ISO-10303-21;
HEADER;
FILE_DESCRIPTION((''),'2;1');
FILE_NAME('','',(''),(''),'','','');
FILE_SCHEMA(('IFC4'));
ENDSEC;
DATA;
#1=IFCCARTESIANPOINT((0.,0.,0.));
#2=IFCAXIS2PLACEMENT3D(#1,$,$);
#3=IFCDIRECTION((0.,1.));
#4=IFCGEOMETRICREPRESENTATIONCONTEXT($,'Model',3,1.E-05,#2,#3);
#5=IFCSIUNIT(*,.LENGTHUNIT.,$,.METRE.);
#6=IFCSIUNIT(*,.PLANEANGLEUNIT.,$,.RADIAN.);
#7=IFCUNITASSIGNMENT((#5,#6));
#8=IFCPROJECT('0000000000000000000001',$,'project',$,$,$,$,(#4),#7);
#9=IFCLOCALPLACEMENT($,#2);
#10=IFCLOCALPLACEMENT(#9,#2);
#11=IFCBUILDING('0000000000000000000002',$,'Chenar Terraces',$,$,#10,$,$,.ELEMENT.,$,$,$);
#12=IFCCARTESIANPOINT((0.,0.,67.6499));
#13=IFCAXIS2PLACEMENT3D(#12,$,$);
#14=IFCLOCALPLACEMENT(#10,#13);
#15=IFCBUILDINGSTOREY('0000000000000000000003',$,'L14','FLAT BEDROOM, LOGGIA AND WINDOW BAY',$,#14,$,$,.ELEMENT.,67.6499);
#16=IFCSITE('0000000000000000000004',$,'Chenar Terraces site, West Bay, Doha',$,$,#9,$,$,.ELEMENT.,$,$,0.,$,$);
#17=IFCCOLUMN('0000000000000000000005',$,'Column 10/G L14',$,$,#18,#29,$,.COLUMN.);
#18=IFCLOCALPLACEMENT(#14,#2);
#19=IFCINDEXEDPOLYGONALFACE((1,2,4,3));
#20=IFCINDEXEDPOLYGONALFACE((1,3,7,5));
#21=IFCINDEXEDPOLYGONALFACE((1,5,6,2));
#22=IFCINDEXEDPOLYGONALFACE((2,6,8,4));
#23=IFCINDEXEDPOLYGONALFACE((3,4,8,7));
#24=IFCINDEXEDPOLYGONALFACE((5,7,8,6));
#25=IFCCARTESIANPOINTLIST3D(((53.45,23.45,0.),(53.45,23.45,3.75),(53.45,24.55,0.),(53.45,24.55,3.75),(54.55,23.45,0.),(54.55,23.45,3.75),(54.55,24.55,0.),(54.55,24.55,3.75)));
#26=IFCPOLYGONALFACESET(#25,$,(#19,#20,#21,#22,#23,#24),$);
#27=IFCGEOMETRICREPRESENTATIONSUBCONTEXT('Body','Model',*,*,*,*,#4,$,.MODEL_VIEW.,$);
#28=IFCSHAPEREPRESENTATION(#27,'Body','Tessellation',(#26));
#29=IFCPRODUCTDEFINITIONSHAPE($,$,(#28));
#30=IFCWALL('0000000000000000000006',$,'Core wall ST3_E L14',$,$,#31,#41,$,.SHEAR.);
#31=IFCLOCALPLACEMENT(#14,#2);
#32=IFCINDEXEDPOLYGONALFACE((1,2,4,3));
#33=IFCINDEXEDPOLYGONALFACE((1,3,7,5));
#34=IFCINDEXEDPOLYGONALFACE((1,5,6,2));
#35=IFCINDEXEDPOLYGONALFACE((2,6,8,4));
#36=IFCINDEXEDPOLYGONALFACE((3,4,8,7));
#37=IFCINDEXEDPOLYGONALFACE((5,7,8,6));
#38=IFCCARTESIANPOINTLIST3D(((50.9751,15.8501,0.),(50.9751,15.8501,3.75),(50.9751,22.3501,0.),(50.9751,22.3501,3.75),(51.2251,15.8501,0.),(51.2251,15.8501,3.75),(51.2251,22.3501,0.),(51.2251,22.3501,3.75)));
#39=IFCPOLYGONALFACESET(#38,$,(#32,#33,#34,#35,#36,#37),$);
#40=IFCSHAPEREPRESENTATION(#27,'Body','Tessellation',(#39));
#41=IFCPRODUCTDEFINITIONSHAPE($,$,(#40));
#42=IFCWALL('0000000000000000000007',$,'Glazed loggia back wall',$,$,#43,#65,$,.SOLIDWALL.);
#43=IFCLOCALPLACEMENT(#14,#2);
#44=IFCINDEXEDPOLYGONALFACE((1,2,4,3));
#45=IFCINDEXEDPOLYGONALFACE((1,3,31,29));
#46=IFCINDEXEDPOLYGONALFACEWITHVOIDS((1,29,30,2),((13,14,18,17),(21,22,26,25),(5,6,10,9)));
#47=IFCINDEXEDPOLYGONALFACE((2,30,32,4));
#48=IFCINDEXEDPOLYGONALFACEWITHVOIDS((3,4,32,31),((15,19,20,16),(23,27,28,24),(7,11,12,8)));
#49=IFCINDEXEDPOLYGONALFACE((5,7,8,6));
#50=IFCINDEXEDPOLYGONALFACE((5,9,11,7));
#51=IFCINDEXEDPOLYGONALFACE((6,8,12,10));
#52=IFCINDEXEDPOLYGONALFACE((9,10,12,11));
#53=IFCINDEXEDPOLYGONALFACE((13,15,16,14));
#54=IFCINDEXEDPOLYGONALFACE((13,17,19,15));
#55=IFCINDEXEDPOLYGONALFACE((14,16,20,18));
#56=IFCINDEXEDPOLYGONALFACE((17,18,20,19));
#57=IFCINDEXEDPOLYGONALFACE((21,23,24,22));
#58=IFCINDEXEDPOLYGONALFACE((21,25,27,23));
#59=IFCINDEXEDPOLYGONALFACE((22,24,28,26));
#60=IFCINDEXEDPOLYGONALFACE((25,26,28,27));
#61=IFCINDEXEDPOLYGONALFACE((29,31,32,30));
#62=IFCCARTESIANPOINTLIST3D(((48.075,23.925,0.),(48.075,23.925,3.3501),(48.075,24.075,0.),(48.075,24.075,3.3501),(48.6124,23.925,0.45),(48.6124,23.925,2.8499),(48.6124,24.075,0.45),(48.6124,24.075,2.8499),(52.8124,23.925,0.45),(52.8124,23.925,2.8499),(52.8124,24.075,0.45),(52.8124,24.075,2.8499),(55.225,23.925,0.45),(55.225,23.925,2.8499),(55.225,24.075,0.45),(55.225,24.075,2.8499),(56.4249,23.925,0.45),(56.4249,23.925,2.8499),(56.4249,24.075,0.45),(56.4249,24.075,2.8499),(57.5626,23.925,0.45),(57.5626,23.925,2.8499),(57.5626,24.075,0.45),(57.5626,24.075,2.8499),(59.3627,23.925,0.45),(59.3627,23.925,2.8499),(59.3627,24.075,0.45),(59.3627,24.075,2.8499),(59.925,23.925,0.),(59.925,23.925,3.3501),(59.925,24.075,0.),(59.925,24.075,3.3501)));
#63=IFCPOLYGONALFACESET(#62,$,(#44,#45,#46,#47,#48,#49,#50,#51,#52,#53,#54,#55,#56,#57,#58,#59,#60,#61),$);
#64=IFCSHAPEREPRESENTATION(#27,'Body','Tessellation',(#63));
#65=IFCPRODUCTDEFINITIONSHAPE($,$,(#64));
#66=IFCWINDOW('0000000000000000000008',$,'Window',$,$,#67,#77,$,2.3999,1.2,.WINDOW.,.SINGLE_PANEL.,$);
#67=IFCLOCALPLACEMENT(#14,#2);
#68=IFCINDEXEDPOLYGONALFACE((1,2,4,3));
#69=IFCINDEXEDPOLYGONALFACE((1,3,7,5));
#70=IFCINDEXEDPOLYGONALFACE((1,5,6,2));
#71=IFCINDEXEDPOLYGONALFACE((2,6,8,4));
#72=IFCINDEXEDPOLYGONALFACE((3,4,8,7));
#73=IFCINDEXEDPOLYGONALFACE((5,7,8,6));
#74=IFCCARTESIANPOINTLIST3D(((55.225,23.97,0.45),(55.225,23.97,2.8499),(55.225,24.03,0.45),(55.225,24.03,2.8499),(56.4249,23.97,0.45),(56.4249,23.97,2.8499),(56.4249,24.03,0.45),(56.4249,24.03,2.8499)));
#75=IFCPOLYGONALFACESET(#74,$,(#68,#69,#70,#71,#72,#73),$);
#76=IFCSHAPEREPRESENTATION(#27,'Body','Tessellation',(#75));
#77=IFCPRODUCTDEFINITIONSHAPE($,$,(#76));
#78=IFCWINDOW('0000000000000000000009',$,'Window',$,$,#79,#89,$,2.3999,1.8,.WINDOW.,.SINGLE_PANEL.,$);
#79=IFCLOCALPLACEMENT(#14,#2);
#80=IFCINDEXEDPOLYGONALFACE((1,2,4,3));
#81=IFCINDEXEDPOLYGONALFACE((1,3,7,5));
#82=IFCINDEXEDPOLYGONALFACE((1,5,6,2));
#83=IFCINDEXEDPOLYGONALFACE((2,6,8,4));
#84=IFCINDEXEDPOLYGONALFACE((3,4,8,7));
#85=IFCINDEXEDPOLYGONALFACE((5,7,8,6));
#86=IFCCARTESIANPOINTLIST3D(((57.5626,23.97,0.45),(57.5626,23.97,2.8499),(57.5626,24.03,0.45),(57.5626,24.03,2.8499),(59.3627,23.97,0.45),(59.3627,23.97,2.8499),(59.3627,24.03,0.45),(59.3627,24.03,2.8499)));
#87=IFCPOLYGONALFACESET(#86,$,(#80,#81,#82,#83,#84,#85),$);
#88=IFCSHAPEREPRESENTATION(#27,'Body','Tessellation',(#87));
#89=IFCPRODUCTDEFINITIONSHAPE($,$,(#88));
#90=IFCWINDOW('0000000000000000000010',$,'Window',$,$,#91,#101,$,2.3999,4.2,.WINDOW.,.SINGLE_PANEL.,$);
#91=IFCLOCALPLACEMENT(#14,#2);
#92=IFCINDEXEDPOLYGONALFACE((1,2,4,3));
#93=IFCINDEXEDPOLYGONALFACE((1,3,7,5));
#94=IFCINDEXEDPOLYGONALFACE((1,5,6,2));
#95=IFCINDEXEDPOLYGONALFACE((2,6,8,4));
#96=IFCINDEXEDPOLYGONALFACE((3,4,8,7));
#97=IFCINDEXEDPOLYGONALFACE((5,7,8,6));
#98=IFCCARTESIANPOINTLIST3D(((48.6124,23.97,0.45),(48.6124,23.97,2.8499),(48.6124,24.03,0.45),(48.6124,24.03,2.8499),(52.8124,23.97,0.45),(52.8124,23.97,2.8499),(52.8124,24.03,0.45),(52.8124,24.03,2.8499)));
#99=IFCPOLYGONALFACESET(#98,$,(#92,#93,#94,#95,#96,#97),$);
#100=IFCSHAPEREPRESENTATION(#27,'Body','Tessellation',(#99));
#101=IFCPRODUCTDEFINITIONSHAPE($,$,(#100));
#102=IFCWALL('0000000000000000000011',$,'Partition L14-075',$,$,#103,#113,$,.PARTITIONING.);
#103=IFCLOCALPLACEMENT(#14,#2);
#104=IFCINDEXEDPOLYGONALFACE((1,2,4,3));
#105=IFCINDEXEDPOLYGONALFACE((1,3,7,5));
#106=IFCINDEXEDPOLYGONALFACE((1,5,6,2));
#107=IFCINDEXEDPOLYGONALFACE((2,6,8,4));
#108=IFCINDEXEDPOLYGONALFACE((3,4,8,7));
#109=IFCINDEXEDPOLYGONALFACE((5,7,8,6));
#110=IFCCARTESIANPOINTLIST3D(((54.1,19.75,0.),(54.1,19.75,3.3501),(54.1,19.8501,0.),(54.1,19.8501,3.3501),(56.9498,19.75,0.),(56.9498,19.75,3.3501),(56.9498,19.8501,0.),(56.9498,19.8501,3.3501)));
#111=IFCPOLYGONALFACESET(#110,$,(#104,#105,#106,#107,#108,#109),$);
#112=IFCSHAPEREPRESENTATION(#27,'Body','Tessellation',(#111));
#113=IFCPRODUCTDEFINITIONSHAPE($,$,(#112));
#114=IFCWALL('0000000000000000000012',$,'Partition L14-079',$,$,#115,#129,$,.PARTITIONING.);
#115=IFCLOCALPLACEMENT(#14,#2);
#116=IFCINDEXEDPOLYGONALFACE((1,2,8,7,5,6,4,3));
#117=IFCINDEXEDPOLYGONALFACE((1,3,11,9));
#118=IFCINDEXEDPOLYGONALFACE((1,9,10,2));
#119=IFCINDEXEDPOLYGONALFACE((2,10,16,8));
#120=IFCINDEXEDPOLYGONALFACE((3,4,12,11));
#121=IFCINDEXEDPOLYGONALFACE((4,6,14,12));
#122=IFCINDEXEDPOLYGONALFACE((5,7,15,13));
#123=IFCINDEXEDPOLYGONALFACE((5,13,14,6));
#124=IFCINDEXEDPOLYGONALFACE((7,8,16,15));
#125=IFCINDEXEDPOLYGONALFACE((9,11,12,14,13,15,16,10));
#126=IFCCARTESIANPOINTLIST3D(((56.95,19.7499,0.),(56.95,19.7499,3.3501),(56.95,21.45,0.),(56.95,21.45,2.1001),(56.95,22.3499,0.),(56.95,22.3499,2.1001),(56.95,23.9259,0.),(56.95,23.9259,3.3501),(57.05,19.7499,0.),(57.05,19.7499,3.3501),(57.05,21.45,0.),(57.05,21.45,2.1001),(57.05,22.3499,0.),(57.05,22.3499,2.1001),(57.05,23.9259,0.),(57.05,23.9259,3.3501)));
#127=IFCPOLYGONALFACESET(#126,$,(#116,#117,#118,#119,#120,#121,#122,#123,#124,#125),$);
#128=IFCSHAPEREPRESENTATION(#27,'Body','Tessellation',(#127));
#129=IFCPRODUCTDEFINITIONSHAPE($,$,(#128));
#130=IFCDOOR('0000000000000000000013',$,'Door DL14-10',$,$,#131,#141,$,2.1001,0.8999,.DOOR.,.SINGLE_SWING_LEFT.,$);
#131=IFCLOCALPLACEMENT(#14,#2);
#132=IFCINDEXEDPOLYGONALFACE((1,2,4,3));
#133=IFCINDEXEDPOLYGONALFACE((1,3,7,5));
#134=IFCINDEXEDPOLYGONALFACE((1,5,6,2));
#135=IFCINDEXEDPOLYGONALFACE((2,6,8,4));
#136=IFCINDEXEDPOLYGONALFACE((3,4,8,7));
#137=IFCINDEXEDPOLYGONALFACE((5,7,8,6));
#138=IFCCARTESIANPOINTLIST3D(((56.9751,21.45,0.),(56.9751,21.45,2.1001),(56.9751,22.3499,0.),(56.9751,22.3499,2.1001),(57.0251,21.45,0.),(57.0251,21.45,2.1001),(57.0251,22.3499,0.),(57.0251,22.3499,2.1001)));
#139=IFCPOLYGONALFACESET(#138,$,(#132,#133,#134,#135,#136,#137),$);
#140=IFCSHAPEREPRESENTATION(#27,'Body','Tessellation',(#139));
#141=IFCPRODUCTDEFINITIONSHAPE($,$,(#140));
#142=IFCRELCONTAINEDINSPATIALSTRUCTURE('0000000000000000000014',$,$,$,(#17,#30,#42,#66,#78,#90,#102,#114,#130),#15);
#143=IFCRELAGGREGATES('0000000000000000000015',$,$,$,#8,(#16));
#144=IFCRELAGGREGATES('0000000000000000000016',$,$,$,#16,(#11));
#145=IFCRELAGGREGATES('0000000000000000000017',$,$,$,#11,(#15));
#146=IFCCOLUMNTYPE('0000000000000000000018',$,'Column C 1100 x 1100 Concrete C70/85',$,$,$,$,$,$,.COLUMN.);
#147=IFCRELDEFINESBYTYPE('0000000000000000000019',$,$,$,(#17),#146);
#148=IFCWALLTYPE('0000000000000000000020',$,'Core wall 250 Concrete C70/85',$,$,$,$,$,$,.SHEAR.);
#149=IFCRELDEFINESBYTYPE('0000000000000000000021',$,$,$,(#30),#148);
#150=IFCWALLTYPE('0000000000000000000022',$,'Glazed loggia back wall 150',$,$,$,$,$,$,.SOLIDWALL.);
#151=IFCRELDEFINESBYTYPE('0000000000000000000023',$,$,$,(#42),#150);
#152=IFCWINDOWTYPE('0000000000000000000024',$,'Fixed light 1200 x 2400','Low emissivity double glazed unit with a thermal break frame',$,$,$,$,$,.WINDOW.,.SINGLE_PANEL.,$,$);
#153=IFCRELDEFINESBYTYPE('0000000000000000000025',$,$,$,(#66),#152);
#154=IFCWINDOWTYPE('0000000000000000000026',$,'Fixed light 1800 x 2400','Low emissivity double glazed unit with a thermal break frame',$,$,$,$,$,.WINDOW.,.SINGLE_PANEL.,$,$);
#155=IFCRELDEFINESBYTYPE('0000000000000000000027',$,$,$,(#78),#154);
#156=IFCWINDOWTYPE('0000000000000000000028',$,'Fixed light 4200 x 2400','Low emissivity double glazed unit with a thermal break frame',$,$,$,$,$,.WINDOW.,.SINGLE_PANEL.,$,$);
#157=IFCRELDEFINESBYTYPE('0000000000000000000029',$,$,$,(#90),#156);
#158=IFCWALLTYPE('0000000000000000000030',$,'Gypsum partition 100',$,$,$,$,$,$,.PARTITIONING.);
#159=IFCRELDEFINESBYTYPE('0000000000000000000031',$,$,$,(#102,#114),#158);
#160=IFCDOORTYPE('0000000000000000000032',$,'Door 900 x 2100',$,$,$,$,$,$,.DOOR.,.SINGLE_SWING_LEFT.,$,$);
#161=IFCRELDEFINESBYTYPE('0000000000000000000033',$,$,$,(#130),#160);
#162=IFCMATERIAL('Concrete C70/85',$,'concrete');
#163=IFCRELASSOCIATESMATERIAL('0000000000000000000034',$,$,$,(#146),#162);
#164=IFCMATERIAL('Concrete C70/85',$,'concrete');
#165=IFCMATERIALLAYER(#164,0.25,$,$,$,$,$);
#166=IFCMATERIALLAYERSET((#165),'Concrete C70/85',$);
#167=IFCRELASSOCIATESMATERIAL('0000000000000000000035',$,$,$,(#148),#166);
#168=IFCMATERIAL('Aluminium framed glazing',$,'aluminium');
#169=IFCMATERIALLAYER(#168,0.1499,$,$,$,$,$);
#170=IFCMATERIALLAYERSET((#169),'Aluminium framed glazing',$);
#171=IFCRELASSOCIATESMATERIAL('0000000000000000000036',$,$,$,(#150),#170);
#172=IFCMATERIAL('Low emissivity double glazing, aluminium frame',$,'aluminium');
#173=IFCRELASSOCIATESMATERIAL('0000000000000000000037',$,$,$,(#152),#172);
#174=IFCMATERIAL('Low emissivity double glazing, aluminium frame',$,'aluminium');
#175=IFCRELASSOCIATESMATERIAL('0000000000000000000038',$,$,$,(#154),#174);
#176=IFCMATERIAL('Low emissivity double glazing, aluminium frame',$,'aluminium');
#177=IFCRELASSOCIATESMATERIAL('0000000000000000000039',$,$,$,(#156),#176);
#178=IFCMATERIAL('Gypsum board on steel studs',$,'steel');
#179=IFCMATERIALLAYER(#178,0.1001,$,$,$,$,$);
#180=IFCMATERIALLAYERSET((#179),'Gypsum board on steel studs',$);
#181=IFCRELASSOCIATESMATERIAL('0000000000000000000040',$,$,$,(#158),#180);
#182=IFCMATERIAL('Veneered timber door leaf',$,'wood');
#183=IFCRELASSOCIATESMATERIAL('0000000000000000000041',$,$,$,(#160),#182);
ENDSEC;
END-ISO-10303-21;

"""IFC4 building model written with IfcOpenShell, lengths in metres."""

from ifc_helpers import new_model, si_unit, direction, frame, frame_2d, origin, origin_2d, place, context, subcontext, project, spatial, rectangle, extrude, material, layer, layer_set, material_profile, profile_set, type_object, element, fill, save


model = new_model("IFC4")

# Units and contexts
model_context = context("Model", 3, precision=1e-05, world=origin(), true_north=direction((0.0, 1.0)))
body_context = subcontext(model_context, "Body", "Model", "MODEL_VIEW")
ifc_project = project(units=[si_unit("LENGTHUNIT", "METRE"), si_unit("PLANEANGLEUNIT", "RADIAN")], contexts=[model_context])

# Site, building, storey
site_placement = place(None, origin())
site = spatial("IfcSite", under=ifc_project, at=site_placement, Name="Chenar Terraces site, West Bay, Doha", CompositionType="ELEMENT", RefElevation=0.0)
building_placement = place(site_placement, origin())
building = spatial("IfcBuilding", under=site, at=building_placement, Name="Chenar Terraces", CompositionType="ELEMENT")
storey_placement = place(building_placement, frame((0.0, 0.0, 67.6499)))
storey = spatial("IfcBuildingStorey", under=building, at=storey_placement, Name="L14", Description="FLAT BEDROOM, LOGGIA AND WINDOW BAY", CompositionType="ELEMENT", Elevation=67.6499)

# Column
ifc_material_1 = material(Name="Concrete C70/85", Category="concrete")
ifc_material_profile = material_profile(ifc_material_1, rectangle(XDim=1.1001, YDim=1.1001, at=origin_2d()), Name="C 1100 x 1100")
ifc_profile_set = profile_set([ifc_material_profile], Name="Concrete C70/85")
column_type = type_object("IfcColumnType", Name="Column C 1100 x 1100 Concrete C70/85", PredefinedType="COLUMN", material=ifc_profile_set)
column_placement = place(storey_placement, frame((54.0, 24.0, 0.0), z_axis=(0.0, 0.0, 1.0), x_axis=(1.0, 0.0, 0.0)))
element("IfcColumn", 1, at=column_placement, inside=storey, type_object=column_type, Name="Column 10/G L14", PredefinedType="COLUMN", context=body_context, shape_type="SweptSolid", body=[
    extrude(rectangle(XDim=1.1001, YDim=1.1001, at=origin_2d()), origin(), (0.0, 0.0, 1.0), 3.75),
])

# Wall
ifc_material_2 = material(Name="Concrete C70/85", Category="concrete")
ifc_layer_1 = layer(ifc_material_2, 0.25)
ifc_layer_set_1 = layer_set([ifc_layer_1], Name="Concrete C70/85")
wall_type_1 = type_object("IfcWallType", Name="Core wall 250 Concrete C70/85", PredefinedType="SHEAR", material=ifc_layer_set_1)
wall_1_placement = place(storey_placement, frame((51.1001, 15.8501, 0.0), z_axis=(0.0, 0.0, 1.0), x_axis=(0.0, 1.0, 0.0)))
element("IfcWall", 2, at=wall_1_placement, inside=storey, type_object=wall_type_1, Name="Core wall ST3_E L14", PredefinedType="SHEAR", context=body_context, shape_type="SweptSolid", body=[
    extrude(rectangle(XDim=6.5, YDim=0.25, at=frame_2d((3.25, 0.0))), origin(), (0.0, 0.0, 1.0), 3.75),
])

# Wall, openings, windows
ifc_material_3 = material(Name="Aluminium framed glazing", Category="aluminium")
ifc_layer_2 = layer(ifc_material_3, 0.1499)
ifc_layer_set_2 = layer_set([ifc_layer_2], Name="Aluminium framed glazing")
wall_type_2 = type_object("IfcWallType", Name="Glazed loggia back wall 150", PredefinedType="SOLIDWALL", material=ifc_layer_set_2)
wall_2_placement = place(storey_placement, frame((59.925, 24.0, 0.0), z_axis=(0.0, 0.0, 1.0), x_axis=(-1.0, 0.0, 0.0)))
wall_2 = element("IfcWall", 3, at=wall_2_placement, inside=storey, type_object=wall_type_2, Name="Glazed loggia back wall", PredefinedType="SOLIDWALL", context=body_context, shape_type="SweptSolid", body=[
    extrude(rectangle(XDim=11.8501, YDim=0.1499, at=frame_2d((5.925, 0.0))), origin(), (0.0, 0.0, 1.0), 3.3501),
])
opening_1_placement = place(wall_2_placement, frame((0.5625, 0.0, 0.45)))
opening_1 = element("IfcOpeningElement", 4, at=opening_1_placement, cuts=wall_2, PredefinedType="OPENING", context=body_context, shape_type="SweptSolid", body=[
    extrude(rectangle(XDim=1.8, YDim=2.3999, at=frame_2d((0.8999, 1.2))), frame((0.0, 0.085, 0.0), z_axis=(0.0, -1.0, 0.0), x_axis=(1.0, 0.0, 0.0)), (0.0, 0.0, 1.0), 0.1699),
])
opening_2_placement = place(wall_2_placement, frame((3.5, 0.0, 0.45)))
opening_2 = element("IfcOpeningElement", 5, at=opening_2_placement, cuts=wall_2, PredefinedType="OPENING", context=body_context, shape_type="SweptSolid", body=[
    extrude(rectangle(XDim=1.2, YDim=2.3999, at=frame_2d((0.6001, 1.2))), frame((0.0, 0.085, 0.0), z_axis=(0.0, -1.0, 0.0), x_axis=(1.0, 0.0, 0.0)), (0.0, 0.0, 1.0), 0.1699),
])
opening_3_placement = place(wall_2_placement, frame((7.1125, 0.0, 0.45)))
opening_3 = element("IfcOpeningElement", 6, at=opening_3_placement, cuts=wall_2, PredefinedType="OPENING", context=body_context, shape_type="SweptSolid", body=[
    extrude(rectangle(XDim=4.2, YDim=2.3999, at=frame_2d((2.1001, 1.2))), frame((0.0, 0.085, 0.0), z_axis=(0.0, -1.0, 0.0), x_axis=(1.0, 0.0, 0.0)), (0.0, 0.0, 1.0), 0.1699),
])
ifc_material_4 = material(Name="Low emissivity double glazing, aluminium frame", Category="aluminium")
window_type_1 = type_object("IfcWindowType", Name="Fixed light 1200 x 2400", Description="Low emissivity double glazed unit with a thermal break frame", PartitioningType="SINGLE_PANEL", PredefinedType="WINDOW", material=ifc_material_4)
window_1_placement = place(opening_2_placement, origin())
window_1 = element("IfcWindow", 7, at=window_1_placement, inside=storey, type_object=window_type_1, Name="Window", OverallHeight=2.3999, OverallWidth=1.2, PartitioningType="SINGLE_PANEL", PredefinedType="WINDOW", context=body_context, shape_type="SweptSolid", body=[
    extrude(rectangle(XDim=1.2, YDim=2.3999, at=frame_2d((0.6001, 1.2))), frame((0.0, 0.03, 0.0), z_axis=(0.0, -1.0, 0.0), x_axis=(1.0, 0.0, 0.0)), (0.0, 0.0, 1.0), 0.0601),
])
fill(opening_2, window_1)
ifc_material_5 = material(Name="Low emissivity double glazing, aluminium frame", Category="aluminium")
window_type_2 = type_object("IfcWindowType", Name="Fixed light 1800 x 2400", Description="Low emissivity double glazed unit with a thermal break frame", PartitioningType="SINGLE_PANEL", PredefinedType="WINDOW", material=ifc_material_5)
window_2_placement = place(opening_1_placement, origin())
window_2 = element("IfcWindow", 8, at=window_2_placement, inside=storey, type_object=window_type_2, Name="Window", OverallHeight=2.3999, OverallWidth=1.8, PartitioningType="SINGLE_PANEL", PredefinedType="WINDOW", context=body_context, shape_type="SweptSolid", body=[
    extrude(rectangle(XDim=1.8, YDim=2.3999, at=frame_2d((0.8999, 1.2))), frame((0.0, 0.03, 0.0), z_axis=(0.0, -1.0, 0.0), x_axis=(1.0, 0.0, 0.0)), (0.0, 0.0, 1.0), 0.0601),
])
fill(opening_1, window_2)
ifc_material_6 = material(Name="Low emissivity double glazing, aluminium frame", Category="aluminium")
window_type_3 = type_object("IfcWindowType", Name="Fixed light 4200 x 2400", Description="Low emissivity double glazed unit with a thermal break frame", PartitioningType="SINGLE_PANEL", PredefinedType="WINDOW", material=ifc_material_6)
window_3_placement = place(opening_3_placement, origin())
window_3 = element("IfcWindow", 9, at=window_3_placement, inside=storey, type_object=window_type_3, Name="Window", OverallHeight=2.3999, OverallWidth=4.2, PartitioningType="SINGLE_PANEL", PredefinedType="WINDOW", context=body_context, shape_type="SweptSolid", body=[
    extrude(rectangle(XDim=4.2, YDim=2.3999, at=frame_2d((2.1001, 1.2))), frame((0.0, 0.03, 0.0), z_axis=(0.0, -1.0, 0.0), x_axis=(1.0, 0.0, 0.0)), (0.0, 0.0, 1.0), 0.0601),
])
fill(opening_3, window_3)

# Wall
ifc_material_7 = material(Name="Gypsum board on steel studs", Category="steel")
ifc_layer_3 = layer(ifc_material_7, 0.1001)
ifc_layer_set_3 = layer_set([ifc_layer_3], Name="Gypsum board on steel studs")
wall_type_3 = type_object("IfcWallType", Name="Gypsum partition 100", PredefinedType="PARTITIONING", material=ifc_layer_set_3)
wall_3_placement = place(storey_placement, frame((54.1001, 19.8, 0.0), z_axis=(0.0, 0.0, 1.0), x_axis=(1.0, 0.0, 0.0)))
element("IfcWall", 10, at=wall_3_placement, inside=storey, type_object=wall_type_3, Name="Partition L14-075", PredefinedType="PARTITIONING", context=body_context, shape_type="SweptSolid", body=[
    extrude(rectangle(XDim=2.8499, YDim=0.1001, at=frame_2d((1.4248, 0.0))), origin(), (0.0, 0.0, 1.0), 3.3501),
])

# Wall, opening, door
wall_4_placement = place(storey_placement, frame((57.0, 19.75, 0.0), z_axis=(0.0, 0.0, 1.0), x_axis=(0.0, 1.0, 0.0)))
wall_4 = element("IfcWall", 11, at=wall_4_placement, inside=storey, type_object=wall_type_3, Name="Partition L14-079", PredefinedType="PARTITIONING", context=body_context, shape_type="SweptSolid", body=[
    extrude(rectangle(XDim=4.176, YDim=0.1001, at=frame_2d((2.0879, 0.0))), origin(), (0.0, 0.0, 1.0), 3.3501),
])
opening_4_placement = place(wall_4_placement, frame((1.7, 0.0, 0.0)))
opening_4 = element("IfcOpeningElement", 12, at=opening_4_placement, cuts=wall_4, PredefinedType="OPENING", context=body_context, shape_type="SweptSolid", body=[
    extrude(rectangle(XDim=0.8999, YDim=2.1001, at=frame_2d((0.45, 1.05))), frame((0.0, 0.0601, 0.0), z_axis=(0.0, -1.0, 0.0), x_axis=(1.0, 0.0, 0.0)), (0.0, 0.0, 1.0), 0.1201),
])
ifc_material_8 = material(Name="Veneered timber door leaf", Category="wood")
door_type = type_object("IfcDoorType", Name="Door 900 x 2100", OperationType="SINGLE_SWING_LEFT", PredefinedType="DOOR", material=ifc_material_8)
door_1_placement = place(opening_4_placement, origin())
door_1 = element("IfcDoor", 13, at=door_1_placement, inside=storey, type_object=door_type, Name="Door DL14-10", OperationType="SINGLE_SWING_LEFT", OverallHeight=2.1001, OverallWidth=0.8999, PredefinedType="DOOR", context=body_context, shape_type="SweptSolid", body=[
    extrude(rectangle(XDim=0.8999, YDim=2.1001, at=frame_2d((0.45, 1.05))), frame((0.0, 0.0249, 0.0), z_axis=(0.0, -1.0, 0.0), x_axis=(1.0, 0.0, 0.0)), (0.0, 0.0, 1.0), 0.05),
])
fill(opening_4, door_1)

save(model, "model.ifc")
